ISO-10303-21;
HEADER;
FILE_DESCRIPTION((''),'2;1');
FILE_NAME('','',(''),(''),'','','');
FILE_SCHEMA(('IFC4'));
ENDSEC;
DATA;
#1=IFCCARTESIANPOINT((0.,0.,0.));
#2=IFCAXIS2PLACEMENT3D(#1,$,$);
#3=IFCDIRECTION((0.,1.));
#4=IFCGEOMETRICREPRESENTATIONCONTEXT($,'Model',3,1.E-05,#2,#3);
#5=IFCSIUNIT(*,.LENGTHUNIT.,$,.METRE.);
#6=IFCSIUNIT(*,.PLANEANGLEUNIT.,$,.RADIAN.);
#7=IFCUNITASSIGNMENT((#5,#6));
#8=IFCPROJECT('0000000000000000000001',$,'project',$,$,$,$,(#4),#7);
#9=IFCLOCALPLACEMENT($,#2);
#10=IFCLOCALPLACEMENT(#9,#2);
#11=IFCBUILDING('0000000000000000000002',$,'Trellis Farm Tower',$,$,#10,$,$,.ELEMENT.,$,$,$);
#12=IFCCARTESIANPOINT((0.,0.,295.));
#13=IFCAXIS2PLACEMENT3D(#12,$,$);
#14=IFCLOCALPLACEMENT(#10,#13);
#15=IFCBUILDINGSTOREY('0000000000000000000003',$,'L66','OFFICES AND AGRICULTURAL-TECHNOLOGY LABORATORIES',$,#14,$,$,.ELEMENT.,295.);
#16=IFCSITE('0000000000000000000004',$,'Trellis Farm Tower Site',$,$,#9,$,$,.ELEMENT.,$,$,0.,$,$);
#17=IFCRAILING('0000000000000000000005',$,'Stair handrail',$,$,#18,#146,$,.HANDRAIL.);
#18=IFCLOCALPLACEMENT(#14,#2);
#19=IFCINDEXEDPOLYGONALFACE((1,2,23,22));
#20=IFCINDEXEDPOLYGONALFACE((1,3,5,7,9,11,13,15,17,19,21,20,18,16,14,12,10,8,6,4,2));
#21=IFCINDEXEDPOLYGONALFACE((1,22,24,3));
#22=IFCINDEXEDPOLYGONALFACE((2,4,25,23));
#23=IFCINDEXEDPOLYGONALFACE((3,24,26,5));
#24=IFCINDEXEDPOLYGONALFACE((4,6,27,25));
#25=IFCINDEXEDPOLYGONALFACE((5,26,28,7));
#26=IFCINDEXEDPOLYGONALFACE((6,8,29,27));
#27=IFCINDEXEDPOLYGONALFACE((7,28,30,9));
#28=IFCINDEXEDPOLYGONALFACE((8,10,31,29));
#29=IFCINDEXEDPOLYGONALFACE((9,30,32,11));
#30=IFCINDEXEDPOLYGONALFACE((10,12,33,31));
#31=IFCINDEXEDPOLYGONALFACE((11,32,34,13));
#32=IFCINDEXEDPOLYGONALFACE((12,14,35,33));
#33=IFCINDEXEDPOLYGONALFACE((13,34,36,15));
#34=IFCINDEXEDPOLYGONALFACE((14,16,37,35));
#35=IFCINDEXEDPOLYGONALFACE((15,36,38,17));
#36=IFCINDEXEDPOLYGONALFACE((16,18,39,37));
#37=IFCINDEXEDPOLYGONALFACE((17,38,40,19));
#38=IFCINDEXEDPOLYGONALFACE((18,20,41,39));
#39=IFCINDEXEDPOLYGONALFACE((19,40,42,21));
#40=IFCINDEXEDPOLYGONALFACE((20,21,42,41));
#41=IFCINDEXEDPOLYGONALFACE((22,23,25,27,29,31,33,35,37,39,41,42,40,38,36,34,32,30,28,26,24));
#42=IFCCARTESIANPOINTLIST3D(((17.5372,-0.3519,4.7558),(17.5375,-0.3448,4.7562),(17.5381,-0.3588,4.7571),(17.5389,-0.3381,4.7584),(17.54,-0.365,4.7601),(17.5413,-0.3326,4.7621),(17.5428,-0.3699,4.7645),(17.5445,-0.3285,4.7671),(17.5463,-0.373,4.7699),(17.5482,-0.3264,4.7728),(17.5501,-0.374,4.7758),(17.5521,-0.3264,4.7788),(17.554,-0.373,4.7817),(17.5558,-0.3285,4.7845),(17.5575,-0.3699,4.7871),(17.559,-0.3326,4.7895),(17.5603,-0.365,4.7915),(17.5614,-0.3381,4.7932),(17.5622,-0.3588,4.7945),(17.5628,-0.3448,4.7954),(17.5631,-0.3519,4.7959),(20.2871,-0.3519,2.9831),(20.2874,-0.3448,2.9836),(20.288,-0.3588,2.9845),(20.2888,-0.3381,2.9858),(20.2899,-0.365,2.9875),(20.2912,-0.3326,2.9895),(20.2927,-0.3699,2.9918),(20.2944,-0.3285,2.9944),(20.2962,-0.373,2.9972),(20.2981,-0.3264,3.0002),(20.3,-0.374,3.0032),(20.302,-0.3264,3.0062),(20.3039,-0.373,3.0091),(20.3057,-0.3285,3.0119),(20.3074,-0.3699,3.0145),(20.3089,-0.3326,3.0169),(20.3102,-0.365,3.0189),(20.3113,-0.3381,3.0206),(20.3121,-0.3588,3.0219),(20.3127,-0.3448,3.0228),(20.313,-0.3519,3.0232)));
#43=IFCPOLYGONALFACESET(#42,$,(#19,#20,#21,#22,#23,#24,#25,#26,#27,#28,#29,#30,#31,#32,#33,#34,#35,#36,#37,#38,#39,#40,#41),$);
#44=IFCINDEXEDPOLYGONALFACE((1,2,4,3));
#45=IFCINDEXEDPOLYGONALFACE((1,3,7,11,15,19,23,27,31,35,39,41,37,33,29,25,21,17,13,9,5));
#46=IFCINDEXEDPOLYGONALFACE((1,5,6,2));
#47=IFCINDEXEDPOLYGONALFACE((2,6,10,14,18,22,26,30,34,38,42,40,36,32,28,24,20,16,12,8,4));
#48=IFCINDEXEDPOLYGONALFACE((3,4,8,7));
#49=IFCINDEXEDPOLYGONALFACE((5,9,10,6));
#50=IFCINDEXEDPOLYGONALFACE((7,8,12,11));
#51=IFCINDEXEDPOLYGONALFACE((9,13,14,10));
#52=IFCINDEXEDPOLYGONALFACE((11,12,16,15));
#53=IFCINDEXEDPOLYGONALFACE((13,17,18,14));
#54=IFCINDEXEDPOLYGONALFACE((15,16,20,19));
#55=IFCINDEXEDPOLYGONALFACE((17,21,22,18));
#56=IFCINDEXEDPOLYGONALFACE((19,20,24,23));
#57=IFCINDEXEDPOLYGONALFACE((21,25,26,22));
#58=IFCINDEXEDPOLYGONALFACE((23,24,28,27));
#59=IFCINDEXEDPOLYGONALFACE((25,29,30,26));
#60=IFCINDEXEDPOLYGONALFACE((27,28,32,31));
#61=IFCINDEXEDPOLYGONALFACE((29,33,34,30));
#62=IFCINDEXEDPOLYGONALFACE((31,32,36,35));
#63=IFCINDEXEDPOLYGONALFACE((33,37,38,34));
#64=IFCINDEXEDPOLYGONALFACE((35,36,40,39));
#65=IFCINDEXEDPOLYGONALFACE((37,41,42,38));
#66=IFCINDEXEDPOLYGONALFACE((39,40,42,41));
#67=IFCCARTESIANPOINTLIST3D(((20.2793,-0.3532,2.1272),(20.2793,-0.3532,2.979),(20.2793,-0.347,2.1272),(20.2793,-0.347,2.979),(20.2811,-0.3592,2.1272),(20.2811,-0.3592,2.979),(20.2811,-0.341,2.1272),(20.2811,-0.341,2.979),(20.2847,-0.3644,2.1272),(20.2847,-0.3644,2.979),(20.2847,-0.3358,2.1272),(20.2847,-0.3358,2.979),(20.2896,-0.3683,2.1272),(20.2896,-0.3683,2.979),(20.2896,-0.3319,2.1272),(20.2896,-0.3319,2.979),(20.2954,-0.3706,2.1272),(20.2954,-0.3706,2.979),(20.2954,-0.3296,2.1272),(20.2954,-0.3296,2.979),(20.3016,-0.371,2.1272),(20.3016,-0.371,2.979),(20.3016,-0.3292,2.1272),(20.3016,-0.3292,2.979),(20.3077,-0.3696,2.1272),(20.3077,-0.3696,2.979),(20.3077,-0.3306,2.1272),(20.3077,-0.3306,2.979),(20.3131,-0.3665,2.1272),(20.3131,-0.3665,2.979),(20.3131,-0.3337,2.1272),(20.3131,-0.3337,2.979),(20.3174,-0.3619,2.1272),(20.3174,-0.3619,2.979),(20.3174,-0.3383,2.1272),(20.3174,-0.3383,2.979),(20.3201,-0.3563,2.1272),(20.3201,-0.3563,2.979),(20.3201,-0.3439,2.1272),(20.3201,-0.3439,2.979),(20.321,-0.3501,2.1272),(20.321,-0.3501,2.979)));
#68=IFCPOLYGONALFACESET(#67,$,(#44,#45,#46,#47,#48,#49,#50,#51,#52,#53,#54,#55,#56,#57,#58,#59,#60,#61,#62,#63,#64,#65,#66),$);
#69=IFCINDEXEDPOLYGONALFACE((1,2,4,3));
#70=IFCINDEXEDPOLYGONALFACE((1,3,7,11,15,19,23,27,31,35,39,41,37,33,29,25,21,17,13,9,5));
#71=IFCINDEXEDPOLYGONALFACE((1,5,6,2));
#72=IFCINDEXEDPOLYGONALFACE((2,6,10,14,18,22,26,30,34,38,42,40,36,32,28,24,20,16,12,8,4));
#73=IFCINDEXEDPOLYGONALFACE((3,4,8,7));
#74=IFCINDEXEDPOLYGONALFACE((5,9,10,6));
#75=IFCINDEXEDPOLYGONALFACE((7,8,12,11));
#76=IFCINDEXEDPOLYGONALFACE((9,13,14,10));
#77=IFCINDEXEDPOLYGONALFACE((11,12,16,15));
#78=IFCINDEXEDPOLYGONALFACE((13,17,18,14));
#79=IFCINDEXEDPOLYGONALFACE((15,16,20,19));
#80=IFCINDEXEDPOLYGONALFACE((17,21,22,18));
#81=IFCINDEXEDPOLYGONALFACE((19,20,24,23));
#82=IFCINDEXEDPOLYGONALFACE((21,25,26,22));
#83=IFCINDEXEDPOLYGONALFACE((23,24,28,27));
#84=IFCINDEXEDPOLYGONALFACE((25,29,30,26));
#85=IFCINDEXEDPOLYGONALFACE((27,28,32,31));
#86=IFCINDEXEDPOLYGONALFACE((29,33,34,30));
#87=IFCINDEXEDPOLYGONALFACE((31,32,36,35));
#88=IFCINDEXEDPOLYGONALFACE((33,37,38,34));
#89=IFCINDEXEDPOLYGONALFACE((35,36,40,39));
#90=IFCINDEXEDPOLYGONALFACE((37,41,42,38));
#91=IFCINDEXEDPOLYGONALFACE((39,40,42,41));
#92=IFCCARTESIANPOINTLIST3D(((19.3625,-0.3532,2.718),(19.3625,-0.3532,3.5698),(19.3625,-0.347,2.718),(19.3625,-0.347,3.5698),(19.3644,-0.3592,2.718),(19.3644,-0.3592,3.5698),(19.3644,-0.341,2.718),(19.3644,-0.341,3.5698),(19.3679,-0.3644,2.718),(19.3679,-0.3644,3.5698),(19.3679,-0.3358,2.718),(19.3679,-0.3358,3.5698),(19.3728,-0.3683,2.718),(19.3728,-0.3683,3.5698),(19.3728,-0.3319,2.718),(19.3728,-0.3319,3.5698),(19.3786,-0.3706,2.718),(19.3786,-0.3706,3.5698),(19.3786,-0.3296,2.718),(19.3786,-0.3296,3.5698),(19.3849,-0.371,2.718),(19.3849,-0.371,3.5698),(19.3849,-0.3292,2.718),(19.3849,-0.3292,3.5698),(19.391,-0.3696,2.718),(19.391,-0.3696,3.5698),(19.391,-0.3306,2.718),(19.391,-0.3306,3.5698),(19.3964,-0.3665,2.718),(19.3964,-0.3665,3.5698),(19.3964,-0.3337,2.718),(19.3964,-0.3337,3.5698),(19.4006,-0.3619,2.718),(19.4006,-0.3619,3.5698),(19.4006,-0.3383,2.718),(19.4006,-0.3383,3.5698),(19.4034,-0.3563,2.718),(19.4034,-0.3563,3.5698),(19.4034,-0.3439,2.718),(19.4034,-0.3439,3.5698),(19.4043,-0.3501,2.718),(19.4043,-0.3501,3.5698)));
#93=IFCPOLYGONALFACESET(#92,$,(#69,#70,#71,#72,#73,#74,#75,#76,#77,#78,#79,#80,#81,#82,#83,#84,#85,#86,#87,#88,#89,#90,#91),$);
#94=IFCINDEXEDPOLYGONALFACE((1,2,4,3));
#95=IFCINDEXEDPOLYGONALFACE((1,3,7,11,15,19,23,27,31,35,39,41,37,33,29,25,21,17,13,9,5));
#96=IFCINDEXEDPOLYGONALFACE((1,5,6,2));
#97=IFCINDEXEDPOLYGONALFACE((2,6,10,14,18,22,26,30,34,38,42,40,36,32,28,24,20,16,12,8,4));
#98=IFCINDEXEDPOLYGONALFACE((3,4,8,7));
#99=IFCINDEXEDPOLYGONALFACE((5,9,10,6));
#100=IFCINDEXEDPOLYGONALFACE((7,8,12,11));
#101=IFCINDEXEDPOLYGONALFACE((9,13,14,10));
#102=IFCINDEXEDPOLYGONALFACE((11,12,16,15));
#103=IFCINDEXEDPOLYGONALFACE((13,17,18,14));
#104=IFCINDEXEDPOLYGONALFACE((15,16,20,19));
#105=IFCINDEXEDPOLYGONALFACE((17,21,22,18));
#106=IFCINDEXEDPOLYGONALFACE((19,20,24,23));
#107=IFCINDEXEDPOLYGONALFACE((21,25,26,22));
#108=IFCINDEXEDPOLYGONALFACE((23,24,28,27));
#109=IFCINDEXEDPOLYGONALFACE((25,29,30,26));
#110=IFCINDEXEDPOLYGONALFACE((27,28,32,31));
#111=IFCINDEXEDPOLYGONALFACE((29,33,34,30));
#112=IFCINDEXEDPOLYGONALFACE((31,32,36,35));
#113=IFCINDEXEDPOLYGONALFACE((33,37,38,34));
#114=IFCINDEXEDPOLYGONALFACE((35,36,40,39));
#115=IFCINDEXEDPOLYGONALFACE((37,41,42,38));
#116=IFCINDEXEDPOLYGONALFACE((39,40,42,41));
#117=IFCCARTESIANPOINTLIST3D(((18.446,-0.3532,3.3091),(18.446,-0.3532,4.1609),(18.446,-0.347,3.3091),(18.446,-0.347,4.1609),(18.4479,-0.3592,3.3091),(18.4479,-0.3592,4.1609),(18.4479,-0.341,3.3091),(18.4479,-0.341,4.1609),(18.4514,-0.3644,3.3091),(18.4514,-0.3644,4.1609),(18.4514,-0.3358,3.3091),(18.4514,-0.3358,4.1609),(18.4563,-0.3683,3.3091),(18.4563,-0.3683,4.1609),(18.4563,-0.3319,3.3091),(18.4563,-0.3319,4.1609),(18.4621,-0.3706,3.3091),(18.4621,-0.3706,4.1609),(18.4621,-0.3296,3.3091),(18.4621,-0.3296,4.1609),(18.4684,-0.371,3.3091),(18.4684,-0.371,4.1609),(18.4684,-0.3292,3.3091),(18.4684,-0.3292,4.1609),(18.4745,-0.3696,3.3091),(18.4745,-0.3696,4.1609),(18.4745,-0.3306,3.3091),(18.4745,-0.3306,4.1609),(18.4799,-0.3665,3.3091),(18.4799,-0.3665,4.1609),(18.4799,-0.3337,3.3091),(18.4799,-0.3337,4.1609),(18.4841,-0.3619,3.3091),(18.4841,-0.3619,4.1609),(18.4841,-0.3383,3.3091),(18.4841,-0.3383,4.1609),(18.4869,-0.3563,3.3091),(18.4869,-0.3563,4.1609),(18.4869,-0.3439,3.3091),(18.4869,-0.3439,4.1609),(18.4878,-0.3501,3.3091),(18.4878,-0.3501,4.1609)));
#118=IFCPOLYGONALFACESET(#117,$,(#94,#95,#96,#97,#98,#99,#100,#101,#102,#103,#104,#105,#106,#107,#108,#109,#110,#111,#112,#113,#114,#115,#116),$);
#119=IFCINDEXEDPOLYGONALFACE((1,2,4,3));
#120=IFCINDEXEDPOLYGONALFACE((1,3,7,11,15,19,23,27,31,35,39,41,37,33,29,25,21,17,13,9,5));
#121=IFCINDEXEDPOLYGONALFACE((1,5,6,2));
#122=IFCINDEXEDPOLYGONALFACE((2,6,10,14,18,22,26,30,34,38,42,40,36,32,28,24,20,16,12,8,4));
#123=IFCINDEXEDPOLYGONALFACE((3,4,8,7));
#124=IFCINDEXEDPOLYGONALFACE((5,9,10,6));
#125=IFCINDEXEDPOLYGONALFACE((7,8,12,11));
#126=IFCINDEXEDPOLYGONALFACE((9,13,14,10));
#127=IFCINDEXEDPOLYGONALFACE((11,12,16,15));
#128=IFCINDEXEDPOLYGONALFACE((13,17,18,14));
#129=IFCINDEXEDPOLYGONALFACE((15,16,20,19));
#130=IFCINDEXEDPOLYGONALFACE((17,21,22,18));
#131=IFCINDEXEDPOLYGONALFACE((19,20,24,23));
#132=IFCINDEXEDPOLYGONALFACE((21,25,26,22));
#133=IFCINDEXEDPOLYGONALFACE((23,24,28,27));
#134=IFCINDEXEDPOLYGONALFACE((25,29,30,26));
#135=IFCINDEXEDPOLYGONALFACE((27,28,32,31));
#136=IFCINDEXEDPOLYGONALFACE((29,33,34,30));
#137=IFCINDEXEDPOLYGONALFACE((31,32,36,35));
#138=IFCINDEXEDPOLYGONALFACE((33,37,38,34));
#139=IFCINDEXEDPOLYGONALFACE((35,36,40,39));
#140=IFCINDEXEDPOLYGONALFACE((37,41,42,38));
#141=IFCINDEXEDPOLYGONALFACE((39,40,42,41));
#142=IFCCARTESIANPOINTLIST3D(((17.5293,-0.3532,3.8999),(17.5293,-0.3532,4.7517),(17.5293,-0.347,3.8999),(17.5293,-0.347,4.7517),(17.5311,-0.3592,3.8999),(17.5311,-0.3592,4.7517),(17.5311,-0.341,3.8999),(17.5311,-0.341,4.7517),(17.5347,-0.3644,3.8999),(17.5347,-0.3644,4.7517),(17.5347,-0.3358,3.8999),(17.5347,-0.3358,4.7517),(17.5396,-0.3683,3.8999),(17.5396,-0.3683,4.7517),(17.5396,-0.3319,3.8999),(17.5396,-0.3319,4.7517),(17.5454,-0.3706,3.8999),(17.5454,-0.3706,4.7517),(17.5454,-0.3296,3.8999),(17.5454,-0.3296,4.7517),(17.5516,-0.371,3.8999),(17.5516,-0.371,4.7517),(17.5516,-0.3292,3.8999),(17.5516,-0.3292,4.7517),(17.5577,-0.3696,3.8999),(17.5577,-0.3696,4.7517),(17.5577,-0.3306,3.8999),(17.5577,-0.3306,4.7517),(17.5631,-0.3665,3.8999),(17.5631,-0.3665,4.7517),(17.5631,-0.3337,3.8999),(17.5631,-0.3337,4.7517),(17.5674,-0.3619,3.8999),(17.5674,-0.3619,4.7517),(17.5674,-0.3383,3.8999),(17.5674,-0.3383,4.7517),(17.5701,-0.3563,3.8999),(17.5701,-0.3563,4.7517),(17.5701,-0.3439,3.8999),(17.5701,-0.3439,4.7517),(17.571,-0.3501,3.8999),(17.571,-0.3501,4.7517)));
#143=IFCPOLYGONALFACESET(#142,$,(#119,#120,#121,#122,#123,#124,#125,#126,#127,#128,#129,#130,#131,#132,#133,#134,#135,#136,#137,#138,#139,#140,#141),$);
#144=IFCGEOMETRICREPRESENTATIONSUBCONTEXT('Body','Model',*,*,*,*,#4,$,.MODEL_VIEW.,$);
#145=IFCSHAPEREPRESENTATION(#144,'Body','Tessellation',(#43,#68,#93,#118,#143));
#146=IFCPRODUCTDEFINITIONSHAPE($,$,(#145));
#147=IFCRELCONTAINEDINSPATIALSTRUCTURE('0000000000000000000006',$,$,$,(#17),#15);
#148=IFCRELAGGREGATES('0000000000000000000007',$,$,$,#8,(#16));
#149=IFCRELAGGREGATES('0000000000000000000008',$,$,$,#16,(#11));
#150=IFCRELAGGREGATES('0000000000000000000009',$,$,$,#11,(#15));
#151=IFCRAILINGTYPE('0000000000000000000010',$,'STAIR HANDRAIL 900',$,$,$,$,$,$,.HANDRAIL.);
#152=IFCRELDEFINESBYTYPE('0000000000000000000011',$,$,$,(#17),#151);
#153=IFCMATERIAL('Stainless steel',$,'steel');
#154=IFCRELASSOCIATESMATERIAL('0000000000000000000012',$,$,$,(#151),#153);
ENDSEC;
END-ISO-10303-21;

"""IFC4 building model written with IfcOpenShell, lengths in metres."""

from ifc_helpers import new_model, si_unit, direction, frame, origin, origin_2d, place, context, subcontext, project, spatial, circle, extrude, source, transform, mapped, material, type_object, element, save


model = new_model("IFC4")

# Units and contexts
model_context = context("Model", 3, precision=1e-05, world=origin(), true_north=direction((0.0, 1.0)))
body_context = subcontext(model_context, "Body", "Model", "MODEL_VIEW")
ifc_project = project(units=[si_unit("LENGTHUNIT", "METRE"), si_unit("PLANEANGLEUNIT", "RADIAN")], contexts=[model_context])

# Site, building, storey
site_placement = place(None, origin())
site = spatial("IfcSite", under=ifc_project, at=site_placement, Name="Trellis Farm Tower Site", CompositionType="ELEMENT", RefElevation=0.0)
building_placement = place(site_placement, origin())
building = spatial("IfcBuilding", under=site, at=building_placement, Name="Trellis Farm Tower", CompositionType="ELEMENT")
storey_placement = place(building_placement, frame((0.0, 0.0, 295.0)))
storey = spatial("IfcBuildingStorey", under=building, at=storey_placement, Name="L66", Description="OFFICES AND AGRICULTURAL-TECHNOLOGY LABORATORIES", CompositionType="ELEMENT", Elevation=295.0)

# Railing
ifc_material_1 = material(Name="Stainless steel", Category="steel")
railing_type = type_object("IfcRailingType", Name="STAIR HANDRAIL 900", PredefinedType="HANDRAIL", material=ifc_material_1)
shared_shape_1 = source(origin(), body_context, "Body", "SweptSolid", [
    extrude(circle(Radius=0.0239, at=origin_2d()), frame((0.0, 0.0, 0.876), z_axis=(-0.840504, 0.0, 0.541806), x_axis=(0.0, -1.0, 0.0)), (0.0, 0.0, 1.0), 3.2717),
    extrude(circle(Radius=0.021, at=origin_2d()), origin(), (0.0, 0.0, 1.0), 0.8518),
    extrude(circle(Radius=0.021, at=origin_2d()), frame((-0.9167, 0.0, 0.5908)), (0.0, 0.0, 1.0), 0.8518),
    extrude(circle(Radius=0.021, at=origin_2d()), frame((-1.8333, 0.0, 1.1819)), (0.0, 0.0, 1.0), 0.8518),
    extrude(circle(Radius=0.021, at=origin_2d()), frame((-2.75, 0.0, 1.7727)), (0.0, 0.0, 1.0), 0.8518),
])
for number, where, name in (
    (1, (20.3, -0.3501, 2.1272), "Stair handrail"),
):
    element("IfcRailing", number, at=place(storey_placement, frame(where)), inside=storey, type_object=railing_type, Name=name, PredefinedType="HANDRAIL", context=body_context, shape_type="MappedRepresentation", body=[
        mapped(shared_shape_1, transform((0.0, 0.0, 0.0))),
    ])

save(model, "model.ifc")
